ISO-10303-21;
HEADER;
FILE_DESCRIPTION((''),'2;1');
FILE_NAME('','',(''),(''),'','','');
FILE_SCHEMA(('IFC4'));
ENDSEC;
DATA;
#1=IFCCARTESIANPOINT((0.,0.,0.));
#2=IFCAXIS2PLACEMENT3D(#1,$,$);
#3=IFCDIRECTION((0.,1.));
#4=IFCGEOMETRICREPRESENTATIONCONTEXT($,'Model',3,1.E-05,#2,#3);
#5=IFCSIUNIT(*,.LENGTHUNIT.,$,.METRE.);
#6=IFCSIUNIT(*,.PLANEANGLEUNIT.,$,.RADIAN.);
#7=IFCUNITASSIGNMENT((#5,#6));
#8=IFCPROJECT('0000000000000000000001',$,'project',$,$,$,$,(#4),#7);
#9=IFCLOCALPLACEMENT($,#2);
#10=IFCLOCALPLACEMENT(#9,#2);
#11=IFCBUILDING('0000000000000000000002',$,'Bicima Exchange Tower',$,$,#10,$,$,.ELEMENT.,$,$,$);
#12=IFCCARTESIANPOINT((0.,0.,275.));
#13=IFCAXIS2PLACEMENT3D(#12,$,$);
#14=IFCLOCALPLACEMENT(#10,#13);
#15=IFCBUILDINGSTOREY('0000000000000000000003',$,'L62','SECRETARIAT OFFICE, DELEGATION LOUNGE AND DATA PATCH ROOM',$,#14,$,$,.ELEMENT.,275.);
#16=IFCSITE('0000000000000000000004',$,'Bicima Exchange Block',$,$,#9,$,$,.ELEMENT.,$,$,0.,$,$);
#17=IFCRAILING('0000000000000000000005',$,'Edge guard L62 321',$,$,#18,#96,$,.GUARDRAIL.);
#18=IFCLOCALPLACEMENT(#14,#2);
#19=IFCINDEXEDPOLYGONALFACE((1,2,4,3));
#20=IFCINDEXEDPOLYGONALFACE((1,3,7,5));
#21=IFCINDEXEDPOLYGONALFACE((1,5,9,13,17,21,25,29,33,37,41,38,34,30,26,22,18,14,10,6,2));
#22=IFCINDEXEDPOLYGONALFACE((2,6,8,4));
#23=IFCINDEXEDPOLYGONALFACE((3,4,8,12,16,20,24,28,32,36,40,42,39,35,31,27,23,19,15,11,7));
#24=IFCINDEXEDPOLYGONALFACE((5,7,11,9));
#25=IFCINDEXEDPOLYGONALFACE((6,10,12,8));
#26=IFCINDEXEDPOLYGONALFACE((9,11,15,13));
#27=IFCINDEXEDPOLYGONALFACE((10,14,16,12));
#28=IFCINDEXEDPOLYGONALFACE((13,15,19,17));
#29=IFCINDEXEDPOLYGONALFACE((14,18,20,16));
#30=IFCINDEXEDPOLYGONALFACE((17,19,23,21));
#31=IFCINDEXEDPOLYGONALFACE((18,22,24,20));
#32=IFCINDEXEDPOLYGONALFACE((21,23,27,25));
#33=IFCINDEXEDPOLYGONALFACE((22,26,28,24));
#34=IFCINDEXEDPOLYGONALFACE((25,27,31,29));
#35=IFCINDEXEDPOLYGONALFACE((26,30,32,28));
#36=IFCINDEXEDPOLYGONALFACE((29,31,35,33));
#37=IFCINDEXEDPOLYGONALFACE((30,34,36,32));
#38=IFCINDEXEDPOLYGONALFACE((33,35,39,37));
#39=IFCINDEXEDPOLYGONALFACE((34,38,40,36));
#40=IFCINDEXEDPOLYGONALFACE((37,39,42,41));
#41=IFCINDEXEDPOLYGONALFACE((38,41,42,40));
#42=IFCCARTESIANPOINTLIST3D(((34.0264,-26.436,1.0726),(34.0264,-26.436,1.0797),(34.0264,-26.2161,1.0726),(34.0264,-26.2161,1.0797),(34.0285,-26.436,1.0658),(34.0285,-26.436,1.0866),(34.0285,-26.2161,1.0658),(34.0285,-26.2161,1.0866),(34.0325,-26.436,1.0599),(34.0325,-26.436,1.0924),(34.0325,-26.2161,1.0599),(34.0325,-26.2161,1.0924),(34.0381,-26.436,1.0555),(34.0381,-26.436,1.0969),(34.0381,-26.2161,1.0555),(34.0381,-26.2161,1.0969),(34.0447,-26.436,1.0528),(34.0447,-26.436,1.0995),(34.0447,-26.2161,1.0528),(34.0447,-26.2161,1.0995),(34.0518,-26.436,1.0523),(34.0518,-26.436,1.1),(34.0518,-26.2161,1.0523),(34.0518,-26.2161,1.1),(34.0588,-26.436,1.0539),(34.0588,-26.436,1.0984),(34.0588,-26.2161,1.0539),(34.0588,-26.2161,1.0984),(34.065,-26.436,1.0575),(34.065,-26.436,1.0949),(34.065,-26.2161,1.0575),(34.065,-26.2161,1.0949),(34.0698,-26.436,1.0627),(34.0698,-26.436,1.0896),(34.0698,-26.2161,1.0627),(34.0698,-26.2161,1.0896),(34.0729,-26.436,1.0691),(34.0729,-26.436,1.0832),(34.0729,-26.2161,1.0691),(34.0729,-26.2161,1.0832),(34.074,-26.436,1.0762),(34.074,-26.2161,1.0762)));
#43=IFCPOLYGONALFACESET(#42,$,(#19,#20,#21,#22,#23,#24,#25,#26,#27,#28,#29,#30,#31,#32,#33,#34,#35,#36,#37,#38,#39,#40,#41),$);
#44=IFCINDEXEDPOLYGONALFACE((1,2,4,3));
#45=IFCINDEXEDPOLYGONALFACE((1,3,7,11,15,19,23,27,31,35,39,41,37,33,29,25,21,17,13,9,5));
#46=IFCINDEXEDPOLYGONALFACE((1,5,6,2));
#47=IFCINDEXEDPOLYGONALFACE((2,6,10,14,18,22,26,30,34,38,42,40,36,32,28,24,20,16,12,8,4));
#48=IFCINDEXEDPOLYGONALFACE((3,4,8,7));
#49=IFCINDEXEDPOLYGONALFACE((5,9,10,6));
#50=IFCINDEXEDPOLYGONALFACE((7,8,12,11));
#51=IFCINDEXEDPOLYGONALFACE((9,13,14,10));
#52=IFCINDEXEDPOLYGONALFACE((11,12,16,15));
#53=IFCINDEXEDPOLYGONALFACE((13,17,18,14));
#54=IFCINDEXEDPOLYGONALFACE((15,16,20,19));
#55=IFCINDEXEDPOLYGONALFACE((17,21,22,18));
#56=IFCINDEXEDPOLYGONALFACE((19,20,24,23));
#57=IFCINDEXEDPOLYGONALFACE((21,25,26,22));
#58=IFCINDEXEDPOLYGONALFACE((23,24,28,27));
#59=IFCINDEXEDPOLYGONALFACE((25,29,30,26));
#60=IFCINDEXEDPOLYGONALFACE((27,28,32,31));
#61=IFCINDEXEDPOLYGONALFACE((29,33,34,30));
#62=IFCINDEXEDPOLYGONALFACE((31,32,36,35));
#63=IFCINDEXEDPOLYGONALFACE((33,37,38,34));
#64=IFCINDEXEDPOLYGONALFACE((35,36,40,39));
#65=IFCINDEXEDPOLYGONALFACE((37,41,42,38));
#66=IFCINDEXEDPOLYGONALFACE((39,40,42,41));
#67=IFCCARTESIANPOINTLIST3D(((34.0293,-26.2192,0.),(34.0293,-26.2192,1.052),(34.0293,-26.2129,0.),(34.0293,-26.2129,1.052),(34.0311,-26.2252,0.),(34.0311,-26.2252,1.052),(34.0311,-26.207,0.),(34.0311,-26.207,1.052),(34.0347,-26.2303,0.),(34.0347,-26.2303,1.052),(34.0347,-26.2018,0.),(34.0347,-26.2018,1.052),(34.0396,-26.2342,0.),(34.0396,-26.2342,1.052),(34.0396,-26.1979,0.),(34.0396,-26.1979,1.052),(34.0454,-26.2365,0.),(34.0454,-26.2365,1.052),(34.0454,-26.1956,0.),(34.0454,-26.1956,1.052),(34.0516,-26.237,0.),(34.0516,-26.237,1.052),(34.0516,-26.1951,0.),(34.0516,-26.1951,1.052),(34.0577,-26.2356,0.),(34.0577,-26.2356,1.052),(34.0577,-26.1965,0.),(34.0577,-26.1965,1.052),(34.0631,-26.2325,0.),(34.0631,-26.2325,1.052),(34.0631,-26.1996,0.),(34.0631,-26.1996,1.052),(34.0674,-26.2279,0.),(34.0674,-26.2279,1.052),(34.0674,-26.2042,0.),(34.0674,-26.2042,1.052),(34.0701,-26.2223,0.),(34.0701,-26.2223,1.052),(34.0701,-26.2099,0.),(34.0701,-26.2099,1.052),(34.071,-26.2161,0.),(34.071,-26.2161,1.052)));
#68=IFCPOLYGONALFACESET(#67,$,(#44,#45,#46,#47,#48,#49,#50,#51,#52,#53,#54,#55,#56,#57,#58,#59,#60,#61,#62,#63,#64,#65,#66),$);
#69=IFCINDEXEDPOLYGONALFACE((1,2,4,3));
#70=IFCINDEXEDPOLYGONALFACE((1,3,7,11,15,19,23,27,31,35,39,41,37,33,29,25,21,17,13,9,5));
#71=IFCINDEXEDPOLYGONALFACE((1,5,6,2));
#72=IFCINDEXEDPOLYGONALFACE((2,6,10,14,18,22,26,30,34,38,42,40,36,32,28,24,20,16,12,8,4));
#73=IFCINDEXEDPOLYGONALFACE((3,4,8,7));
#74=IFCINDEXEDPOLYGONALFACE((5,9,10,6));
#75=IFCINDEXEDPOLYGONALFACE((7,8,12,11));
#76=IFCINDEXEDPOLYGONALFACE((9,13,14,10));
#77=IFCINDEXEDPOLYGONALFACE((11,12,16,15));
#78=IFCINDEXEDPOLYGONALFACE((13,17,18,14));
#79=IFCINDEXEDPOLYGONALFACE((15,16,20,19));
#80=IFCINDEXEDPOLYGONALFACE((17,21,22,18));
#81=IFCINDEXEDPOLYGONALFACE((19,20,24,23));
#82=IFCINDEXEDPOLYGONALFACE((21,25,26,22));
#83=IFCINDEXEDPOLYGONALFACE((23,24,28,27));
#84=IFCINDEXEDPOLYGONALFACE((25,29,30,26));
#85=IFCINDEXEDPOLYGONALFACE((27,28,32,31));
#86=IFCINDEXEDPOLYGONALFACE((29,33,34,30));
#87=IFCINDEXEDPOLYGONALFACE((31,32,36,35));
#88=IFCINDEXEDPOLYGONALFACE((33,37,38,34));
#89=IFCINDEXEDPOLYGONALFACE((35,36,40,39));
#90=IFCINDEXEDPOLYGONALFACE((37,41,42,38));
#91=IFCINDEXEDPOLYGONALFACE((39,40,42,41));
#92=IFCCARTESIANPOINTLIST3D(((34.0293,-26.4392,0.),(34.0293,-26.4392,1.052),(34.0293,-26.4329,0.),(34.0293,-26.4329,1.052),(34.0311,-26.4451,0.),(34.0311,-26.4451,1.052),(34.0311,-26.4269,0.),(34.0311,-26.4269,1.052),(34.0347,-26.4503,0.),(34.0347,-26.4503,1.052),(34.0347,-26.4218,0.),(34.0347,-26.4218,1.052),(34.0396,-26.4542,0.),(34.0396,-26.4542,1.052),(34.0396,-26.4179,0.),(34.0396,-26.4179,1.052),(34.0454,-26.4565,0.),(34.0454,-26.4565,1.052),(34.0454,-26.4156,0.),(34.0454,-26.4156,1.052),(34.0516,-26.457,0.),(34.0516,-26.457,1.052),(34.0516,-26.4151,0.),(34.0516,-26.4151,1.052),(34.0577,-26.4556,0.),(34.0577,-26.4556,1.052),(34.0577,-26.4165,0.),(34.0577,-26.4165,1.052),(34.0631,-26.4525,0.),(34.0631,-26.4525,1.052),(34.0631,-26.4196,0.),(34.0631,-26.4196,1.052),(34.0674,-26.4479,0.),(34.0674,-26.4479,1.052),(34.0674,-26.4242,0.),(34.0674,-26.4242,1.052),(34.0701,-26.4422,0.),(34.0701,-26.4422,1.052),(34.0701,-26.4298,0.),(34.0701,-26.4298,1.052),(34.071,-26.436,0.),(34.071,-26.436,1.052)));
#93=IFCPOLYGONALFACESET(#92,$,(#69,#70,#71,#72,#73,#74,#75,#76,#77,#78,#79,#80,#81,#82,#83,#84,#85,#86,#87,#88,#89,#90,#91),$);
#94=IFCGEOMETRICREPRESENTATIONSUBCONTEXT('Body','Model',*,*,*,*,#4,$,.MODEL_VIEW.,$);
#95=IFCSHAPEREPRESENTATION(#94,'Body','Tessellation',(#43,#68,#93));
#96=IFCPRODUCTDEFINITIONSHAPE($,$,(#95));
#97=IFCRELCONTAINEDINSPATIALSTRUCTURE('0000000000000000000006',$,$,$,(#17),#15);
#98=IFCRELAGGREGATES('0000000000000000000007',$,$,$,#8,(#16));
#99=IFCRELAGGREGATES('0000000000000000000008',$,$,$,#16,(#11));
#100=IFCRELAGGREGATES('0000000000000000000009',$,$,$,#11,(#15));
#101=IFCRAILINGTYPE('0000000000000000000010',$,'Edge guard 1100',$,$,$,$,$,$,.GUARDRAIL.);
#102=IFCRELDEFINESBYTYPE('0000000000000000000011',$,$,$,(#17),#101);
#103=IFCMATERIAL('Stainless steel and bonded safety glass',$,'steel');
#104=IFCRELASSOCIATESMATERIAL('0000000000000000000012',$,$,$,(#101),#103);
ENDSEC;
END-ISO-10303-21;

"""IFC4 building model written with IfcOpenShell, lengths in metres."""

from ifc_helpers import new_model, si_unit, direction, frame, origin, origin_2d, place, context, subcontext, project, spatial, circle, extrude, material, type_object, element, save


model = new_model("IFC4")

# Units and contexts
model_context = context("Model", 3, precision=1e-05, world=origin(), true_north=direction((0.0, 1.0)))
body_context = subcontext(model_context, "Body", "Model", "MODEL_VIEW")
ifc_project = project(units=[si_unit("LENGTHUNIT", "METRE"), si_unit("PLANEANGLEUNIT", "RADIAN")], contexts=[model_context])

# Site, building, storey
site_placement = place(None, origin())
site = spatial("IfcSite", under=ifc_project, at=site_placement, Name="Bicima Exchange Block", CompositionType="ELEMENT", RefElevation=0.0)
building_placement = place(site_placement, origin())
building = spatial("IfcBuilding", under=site, at=building_placement, Name="Bicima Exchange Tower", CompositionType="ELEMENT")
storey_placement = place(building_placement, frame((0.0, 0.0, 275.0)))
storey = spatial("IfcBuildingStorey", under=building, at=storey_placement, Name="L62", Description="SECRETARIAT OFFICE, DELEGATION LOUNGE AND DATA PATCH ROOM", CompositionType="ELEMENT", Elevation=275.0)

# Railing
ifc_material_1 = material(Name="Stainless steel and bonded safety glass", Category="steel")
railing_type = type_object("IfcRailingType", Name="Edge guard 1100", PredefinedType="GUARDRAIL", material=ifc_material_1)
railing_1_placement = place(storey_placement, frame((34.05, -26.2161, 0.0)))
element("IfcRailing", 1, at=railing_1_placement, inside=storey, type_object=railing_type, Name="Edge guard L62 321", PredefinedType="GUARDRAIL", context=body_context, shape_type="SweptSolid", body=[
    extrude(circle(Radius=0.0239, at=origin_2d()), frame((0.0, 0.0, 1.0762), z_axis=(0.0, -1.0, 0.0), x_axis=(1.0, 0.0, 0.0)), (0.0, 0.0, 1.0), 0.22),
    extrude(circle(Radius=0.021, at=origin_2d()), origin(), (0.0, 0.0, 1.0), 1.052),
    extrude(circle(Radius=0.021, at=origin_2d()), frame((0.0, -0.22, 0.0)), (0.0, 0.0, 1.0), 1.052),
])

save(model, "model.ifc")
